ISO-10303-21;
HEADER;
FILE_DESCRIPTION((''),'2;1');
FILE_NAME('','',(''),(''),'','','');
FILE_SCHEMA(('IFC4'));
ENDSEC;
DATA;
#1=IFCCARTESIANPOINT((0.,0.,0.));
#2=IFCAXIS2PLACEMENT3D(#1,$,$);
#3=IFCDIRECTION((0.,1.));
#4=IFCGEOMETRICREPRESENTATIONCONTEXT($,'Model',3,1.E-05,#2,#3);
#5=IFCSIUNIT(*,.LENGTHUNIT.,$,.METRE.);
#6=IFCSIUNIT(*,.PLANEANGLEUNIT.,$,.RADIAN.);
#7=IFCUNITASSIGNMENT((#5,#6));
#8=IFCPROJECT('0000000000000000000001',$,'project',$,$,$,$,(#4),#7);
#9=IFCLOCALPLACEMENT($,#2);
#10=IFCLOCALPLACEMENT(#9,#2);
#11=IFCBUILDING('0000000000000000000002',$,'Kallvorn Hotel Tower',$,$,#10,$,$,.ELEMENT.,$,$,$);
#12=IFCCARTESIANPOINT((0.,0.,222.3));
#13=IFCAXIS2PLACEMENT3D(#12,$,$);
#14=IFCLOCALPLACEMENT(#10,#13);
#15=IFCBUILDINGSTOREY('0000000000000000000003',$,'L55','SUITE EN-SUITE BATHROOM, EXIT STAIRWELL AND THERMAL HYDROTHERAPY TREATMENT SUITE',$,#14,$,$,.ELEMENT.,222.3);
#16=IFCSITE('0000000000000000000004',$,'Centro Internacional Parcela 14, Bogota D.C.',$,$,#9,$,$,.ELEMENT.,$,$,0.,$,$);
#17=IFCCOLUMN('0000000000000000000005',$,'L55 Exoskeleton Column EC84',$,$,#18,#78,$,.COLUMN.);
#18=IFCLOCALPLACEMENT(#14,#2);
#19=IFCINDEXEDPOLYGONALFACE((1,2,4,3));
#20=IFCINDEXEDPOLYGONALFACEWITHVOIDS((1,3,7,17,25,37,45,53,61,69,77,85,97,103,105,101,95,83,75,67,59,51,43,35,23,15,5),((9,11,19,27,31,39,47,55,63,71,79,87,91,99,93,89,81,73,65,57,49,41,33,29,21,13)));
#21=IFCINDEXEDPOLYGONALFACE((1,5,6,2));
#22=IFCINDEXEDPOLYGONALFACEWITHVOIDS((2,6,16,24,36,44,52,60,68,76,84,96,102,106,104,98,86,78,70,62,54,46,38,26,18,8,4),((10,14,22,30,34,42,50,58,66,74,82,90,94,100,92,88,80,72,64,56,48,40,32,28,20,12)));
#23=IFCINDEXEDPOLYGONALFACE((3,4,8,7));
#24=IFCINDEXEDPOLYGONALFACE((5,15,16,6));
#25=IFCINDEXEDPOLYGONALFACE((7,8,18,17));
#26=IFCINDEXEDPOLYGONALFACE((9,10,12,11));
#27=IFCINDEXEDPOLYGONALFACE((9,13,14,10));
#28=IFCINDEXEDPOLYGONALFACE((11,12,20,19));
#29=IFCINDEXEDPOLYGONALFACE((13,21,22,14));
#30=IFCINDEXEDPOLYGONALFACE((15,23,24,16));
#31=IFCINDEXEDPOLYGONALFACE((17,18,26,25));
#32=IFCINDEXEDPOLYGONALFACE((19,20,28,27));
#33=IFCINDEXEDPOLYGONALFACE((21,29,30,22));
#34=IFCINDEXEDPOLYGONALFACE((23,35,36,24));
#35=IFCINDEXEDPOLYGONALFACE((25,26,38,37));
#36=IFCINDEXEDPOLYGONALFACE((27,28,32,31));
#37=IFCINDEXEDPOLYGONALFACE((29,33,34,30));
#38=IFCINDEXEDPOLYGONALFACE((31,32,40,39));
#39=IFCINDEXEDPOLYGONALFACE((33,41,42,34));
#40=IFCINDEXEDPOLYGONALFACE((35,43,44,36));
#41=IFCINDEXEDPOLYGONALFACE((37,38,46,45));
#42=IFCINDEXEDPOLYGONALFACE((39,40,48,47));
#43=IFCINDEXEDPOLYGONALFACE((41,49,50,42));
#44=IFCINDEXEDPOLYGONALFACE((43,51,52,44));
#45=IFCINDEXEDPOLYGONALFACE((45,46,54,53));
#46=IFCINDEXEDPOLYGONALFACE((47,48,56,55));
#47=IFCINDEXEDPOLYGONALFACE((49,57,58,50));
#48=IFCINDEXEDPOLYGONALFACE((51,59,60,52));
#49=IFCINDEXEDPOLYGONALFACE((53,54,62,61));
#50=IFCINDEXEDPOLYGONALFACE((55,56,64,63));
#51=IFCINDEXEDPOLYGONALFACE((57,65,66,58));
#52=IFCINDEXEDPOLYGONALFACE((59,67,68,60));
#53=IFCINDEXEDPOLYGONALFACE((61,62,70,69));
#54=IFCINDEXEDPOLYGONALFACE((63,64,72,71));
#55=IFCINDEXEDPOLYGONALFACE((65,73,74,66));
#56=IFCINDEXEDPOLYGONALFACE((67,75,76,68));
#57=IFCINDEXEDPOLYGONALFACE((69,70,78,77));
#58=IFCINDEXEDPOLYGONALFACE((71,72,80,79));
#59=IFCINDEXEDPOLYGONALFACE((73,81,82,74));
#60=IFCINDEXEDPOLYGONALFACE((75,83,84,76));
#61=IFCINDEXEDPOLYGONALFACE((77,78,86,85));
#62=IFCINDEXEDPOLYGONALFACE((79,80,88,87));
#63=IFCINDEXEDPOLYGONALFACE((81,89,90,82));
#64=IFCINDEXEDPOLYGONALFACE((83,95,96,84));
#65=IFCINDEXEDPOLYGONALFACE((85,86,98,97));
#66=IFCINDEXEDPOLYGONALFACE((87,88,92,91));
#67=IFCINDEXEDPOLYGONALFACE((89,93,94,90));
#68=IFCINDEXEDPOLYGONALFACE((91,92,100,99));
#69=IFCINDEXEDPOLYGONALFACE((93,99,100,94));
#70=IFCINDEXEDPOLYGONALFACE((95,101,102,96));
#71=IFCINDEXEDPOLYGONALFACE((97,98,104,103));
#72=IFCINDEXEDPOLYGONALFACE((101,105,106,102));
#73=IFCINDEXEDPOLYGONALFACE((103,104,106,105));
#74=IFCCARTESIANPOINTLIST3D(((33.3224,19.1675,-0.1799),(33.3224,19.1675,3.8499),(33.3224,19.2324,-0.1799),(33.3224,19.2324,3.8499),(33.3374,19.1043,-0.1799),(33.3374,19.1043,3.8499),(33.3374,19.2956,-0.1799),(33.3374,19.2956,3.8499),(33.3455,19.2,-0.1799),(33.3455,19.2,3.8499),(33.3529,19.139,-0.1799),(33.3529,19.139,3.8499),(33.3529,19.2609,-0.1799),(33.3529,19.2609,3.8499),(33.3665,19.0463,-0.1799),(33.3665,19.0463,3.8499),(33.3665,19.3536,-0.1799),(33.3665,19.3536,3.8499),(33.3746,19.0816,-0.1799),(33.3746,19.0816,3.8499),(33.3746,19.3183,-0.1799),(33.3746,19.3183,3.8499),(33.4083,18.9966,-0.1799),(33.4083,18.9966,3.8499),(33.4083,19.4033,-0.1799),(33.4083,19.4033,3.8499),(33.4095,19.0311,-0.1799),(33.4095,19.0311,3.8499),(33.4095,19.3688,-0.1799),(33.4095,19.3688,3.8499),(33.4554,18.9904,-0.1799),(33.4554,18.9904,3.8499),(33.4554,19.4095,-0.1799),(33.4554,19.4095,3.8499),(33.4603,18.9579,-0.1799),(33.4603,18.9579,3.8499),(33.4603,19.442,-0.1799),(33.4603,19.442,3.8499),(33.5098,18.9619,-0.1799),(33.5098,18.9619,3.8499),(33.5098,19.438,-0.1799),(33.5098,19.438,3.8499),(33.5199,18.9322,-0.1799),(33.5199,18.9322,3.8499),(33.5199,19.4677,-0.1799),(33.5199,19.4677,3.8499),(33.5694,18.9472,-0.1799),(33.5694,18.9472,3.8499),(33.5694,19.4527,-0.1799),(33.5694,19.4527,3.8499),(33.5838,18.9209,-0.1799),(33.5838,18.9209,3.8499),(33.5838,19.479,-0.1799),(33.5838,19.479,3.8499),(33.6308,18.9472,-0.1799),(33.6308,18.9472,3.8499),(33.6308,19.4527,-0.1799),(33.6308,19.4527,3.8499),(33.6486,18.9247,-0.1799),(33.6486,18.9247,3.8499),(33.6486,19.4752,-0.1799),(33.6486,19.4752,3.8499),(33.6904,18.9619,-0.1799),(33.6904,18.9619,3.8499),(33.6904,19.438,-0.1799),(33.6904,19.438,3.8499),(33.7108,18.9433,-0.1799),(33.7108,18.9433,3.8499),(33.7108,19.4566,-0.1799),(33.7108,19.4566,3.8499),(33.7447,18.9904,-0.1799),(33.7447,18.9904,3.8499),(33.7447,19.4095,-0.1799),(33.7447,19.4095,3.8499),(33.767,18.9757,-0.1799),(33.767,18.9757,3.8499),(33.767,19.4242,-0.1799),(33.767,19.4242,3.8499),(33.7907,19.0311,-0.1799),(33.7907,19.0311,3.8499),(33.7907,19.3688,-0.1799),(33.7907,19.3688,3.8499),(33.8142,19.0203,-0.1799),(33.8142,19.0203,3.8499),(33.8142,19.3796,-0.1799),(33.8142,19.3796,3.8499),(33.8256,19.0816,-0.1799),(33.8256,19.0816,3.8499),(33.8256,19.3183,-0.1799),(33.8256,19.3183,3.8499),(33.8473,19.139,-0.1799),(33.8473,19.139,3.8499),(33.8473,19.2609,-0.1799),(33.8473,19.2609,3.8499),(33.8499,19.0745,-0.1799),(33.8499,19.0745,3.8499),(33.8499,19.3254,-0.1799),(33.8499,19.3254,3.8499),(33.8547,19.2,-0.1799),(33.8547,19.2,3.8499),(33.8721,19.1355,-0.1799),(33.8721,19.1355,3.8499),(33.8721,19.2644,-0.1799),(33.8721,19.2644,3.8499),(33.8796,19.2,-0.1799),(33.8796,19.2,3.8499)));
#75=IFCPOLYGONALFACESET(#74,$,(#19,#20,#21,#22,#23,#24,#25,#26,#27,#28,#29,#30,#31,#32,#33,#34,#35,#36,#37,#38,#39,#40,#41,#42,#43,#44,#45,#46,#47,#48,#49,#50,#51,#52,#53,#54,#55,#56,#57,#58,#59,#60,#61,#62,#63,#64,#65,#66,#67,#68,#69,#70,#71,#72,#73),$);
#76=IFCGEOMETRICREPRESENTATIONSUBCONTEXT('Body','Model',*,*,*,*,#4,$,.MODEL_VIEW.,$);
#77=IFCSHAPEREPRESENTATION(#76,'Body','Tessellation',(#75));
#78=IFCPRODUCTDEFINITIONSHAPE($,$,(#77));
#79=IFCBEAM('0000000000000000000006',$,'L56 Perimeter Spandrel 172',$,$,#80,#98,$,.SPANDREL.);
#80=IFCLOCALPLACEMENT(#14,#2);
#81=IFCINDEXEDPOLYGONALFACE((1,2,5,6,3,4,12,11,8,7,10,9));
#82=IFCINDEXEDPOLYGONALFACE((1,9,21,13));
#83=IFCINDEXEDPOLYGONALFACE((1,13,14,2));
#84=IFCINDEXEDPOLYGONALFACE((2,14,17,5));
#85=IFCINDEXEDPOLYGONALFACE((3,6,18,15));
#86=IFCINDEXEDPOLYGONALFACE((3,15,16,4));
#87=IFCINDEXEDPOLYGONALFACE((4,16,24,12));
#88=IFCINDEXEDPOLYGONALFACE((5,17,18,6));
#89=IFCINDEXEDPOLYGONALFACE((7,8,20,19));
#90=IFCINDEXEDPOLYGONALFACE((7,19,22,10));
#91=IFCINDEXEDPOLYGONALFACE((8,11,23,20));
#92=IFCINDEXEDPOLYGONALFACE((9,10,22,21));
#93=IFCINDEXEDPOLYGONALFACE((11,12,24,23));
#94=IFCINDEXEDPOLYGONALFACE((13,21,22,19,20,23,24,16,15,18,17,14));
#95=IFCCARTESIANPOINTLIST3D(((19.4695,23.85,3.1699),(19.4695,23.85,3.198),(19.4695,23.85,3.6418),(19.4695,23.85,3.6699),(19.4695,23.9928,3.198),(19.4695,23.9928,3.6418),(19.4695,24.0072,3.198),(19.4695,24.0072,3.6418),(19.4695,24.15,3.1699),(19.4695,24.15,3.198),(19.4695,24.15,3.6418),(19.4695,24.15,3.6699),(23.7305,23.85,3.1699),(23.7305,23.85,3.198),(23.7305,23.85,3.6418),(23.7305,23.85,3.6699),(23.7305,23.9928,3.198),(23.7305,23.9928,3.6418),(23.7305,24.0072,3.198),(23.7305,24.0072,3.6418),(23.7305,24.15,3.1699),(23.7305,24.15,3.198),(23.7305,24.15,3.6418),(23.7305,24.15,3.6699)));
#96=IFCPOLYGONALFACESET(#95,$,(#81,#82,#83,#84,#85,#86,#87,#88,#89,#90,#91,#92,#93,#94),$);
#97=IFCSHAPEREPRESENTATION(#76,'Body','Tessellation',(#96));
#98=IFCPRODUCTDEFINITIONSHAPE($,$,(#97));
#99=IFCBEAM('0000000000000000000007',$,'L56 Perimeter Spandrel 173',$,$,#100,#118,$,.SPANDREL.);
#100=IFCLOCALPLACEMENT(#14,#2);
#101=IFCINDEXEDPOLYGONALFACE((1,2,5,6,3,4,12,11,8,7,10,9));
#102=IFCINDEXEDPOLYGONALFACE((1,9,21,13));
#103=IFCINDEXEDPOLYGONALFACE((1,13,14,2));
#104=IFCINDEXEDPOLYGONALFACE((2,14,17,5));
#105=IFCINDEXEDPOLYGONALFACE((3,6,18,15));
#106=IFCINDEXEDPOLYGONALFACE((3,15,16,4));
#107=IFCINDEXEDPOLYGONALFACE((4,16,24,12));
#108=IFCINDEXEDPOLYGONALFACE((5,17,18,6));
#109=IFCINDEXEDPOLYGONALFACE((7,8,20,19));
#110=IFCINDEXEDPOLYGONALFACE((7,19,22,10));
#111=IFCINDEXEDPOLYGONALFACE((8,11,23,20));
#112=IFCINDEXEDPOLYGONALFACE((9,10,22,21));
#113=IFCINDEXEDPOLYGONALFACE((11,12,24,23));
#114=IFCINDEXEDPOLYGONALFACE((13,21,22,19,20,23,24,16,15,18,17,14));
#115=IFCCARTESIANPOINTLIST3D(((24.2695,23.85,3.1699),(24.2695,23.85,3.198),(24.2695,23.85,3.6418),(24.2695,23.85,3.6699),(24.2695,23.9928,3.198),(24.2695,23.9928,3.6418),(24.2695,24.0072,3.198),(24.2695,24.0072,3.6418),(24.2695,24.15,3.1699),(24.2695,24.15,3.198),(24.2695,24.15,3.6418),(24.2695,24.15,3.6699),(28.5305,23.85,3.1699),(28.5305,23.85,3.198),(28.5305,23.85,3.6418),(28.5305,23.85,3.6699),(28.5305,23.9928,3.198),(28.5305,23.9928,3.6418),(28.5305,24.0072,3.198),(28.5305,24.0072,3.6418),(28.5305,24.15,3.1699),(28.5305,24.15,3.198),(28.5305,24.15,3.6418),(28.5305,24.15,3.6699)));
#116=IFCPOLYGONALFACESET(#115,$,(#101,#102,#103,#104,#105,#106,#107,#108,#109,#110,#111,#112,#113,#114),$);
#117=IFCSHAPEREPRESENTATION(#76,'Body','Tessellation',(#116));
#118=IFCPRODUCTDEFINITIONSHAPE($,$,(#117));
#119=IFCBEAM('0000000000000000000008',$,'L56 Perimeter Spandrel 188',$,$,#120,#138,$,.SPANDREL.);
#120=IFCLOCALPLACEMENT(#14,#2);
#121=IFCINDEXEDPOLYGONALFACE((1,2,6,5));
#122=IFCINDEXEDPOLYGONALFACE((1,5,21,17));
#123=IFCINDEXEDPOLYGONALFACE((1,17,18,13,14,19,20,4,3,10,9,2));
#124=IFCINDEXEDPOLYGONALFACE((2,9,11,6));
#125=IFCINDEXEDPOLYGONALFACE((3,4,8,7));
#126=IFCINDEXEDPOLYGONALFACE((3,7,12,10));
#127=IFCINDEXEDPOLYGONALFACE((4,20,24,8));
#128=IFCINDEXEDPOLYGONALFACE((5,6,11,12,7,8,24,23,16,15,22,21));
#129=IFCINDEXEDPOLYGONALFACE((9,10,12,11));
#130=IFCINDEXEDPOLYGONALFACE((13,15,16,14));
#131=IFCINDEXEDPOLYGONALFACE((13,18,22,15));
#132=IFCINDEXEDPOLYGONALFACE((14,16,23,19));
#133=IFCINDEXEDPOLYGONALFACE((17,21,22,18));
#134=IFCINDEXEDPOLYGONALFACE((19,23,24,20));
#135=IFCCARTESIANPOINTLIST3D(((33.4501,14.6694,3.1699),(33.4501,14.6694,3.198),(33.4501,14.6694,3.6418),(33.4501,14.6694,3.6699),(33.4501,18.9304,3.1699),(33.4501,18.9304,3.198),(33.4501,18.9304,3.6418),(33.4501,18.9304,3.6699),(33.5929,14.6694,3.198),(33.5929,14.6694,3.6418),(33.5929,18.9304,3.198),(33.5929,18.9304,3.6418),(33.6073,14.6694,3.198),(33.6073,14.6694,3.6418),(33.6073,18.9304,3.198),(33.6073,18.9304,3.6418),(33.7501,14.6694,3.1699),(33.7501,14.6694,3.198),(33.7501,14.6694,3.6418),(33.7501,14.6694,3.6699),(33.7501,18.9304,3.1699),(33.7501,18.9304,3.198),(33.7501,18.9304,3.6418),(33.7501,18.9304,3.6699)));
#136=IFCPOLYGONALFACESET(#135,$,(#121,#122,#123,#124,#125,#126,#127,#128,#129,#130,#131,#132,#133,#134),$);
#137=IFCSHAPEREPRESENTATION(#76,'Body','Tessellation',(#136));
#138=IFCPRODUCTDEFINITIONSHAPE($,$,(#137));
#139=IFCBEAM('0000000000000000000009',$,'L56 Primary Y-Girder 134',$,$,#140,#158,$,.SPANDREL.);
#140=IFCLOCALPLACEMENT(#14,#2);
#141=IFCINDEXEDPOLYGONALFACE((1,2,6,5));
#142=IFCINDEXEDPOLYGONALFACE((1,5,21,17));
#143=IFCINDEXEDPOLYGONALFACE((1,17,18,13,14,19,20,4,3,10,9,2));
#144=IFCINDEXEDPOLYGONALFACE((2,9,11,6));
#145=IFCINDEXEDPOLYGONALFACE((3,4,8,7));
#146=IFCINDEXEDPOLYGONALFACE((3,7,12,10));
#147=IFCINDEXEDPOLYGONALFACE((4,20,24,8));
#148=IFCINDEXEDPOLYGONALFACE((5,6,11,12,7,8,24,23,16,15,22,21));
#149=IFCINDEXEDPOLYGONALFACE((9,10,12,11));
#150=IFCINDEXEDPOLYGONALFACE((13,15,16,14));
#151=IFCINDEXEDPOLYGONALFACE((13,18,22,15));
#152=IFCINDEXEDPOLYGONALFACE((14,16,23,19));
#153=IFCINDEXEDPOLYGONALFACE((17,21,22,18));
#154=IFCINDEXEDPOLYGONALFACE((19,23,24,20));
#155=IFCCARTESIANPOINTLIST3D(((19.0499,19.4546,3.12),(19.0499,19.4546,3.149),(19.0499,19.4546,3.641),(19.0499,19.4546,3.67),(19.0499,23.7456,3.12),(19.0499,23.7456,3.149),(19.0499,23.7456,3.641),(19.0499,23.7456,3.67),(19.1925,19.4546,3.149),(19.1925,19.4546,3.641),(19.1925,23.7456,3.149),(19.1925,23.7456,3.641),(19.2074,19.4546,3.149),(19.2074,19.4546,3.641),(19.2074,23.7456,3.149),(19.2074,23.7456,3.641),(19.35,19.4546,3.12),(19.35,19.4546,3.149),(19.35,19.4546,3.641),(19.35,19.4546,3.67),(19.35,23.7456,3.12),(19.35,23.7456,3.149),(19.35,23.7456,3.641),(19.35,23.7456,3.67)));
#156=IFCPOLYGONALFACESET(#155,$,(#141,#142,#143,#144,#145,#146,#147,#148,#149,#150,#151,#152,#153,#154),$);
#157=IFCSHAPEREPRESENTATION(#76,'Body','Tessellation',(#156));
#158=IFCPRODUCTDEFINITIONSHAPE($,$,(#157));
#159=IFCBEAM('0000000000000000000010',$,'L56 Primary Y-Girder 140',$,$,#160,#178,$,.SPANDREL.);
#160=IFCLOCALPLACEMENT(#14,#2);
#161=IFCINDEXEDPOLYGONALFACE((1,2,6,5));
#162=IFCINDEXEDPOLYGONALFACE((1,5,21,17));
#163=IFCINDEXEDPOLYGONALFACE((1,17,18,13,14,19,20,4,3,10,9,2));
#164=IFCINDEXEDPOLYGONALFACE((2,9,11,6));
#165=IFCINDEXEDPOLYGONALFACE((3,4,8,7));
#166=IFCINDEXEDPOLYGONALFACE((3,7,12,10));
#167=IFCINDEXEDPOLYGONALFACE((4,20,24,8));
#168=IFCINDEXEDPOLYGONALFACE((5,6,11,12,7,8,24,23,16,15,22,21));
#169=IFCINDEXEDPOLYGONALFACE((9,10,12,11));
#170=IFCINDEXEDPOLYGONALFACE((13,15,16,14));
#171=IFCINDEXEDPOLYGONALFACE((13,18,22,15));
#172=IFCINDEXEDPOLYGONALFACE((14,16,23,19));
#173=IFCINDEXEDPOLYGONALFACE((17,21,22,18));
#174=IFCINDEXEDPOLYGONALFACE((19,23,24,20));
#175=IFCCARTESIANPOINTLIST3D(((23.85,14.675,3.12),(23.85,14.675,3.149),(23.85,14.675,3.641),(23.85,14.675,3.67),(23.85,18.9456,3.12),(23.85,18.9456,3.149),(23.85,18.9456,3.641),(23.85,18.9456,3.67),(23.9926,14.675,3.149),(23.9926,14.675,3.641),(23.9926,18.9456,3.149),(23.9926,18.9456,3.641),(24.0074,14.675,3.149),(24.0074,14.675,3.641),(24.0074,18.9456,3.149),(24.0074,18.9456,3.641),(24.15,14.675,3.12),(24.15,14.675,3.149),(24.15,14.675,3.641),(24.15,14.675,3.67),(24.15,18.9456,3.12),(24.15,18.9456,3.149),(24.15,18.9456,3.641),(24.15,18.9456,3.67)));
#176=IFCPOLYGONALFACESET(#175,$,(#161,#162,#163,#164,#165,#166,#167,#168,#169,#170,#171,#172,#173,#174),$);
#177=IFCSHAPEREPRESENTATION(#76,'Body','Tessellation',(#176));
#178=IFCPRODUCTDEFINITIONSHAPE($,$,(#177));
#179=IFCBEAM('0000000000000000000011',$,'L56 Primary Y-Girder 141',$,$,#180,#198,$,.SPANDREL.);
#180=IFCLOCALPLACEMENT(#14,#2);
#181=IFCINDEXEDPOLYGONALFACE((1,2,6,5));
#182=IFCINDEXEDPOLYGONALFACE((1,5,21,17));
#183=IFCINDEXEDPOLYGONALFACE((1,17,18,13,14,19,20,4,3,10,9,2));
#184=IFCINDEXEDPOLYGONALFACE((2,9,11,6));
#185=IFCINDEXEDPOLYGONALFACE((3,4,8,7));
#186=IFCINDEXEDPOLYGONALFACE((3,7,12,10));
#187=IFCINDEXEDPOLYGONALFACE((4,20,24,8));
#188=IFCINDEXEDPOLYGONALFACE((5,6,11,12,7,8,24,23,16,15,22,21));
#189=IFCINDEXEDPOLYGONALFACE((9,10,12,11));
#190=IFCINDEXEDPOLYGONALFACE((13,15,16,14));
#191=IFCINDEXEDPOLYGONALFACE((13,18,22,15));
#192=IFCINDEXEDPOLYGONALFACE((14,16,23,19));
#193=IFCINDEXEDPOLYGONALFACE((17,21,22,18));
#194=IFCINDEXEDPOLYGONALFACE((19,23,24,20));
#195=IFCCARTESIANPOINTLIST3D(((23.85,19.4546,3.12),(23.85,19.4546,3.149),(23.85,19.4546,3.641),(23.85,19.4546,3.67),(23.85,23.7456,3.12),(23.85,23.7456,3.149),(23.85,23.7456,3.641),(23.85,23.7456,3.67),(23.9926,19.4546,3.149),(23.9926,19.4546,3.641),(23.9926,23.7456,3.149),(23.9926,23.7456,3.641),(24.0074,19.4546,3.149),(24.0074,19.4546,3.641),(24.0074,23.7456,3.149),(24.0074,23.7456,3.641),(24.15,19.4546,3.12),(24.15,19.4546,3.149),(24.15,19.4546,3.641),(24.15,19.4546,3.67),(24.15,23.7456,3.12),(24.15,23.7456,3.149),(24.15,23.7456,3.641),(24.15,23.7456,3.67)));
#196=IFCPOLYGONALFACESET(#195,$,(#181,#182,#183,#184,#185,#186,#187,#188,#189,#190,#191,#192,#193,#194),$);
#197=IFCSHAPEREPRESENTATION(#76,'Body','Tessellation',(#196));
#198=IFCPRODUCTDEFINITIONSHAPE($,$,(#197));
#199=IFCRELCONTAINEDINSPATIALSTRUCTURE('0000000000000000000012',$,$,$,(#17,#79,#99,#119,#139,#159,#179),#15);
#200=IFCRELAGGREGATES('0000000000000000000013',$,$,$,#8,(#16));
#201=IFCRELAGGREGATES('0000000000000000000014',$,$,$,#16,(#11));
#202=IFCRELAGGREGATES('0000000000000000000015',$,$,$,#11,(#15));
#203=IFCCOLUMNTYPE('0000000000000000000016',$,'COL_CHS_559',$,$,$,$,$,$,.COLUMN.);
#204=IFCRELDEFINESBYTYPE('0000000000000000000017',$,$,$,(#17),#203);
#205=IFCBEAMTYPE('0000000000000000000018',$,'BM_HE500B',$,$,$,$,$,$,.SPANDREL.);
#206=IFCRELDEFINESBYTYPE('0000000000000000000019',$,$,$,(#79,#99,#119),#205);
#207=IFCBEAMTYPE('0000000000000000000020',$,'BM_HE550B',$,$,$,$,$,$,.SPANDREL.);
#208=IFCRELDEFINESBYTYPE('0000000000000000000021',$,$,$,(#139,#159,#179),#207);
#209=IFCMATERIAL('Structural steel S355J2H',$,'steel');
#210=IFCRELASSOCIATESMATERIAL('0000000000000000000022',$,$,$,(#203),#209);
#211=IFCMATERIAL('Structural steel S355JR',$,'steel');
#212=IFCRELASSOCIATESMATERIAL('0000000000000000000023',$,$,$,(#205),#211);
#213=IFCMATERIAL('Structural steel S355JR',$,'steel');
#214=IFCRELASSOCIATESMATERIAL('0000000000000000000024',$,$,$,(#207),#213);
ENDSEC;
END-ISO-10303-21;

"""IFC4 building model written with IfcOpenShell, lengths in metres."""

from ifc_helpers import new_model, si_unit, direction, frame, origin, origin_2d, place, context, subcontext, project, spatial, hollow_circle, i_section, extrude, material, material_profile, profile_set, type_object, element, save


model = new_model("IFC4")

# Units and contexts
model_context = context("Model", 3, precision=1e-05, world=origin(), true_north=direction((0.0, 1.0)))
body_context = subcontext(model_context, "Body", "Model", "MODEL_VIEW")
ifc_project = project(units=[si_unit("LENGTHUNIT", "METRE"), si_unit("PLANEANGLEUNIT", "RADIAN")], contexts=[model_context])

# Site, building, storey
site_placement = place(None, origin())
site = spatial("IfcSite", under=ifc_project, at=site_placement, Name="Centro Internacional Parcela 14, Bogota D.C.", CompositionType="ELEMENT", RefElevation=0.0)
building_placement = place(site_placement, origin())
building = spatial("IfcBuilding", under=site, at=building_placement, Name="Kallvorn Hotel Tower", CompositionType="ELEMENT")
storey_placement = place(building_placement, frame((0.0, 0.0, 222.3)))
storey = spatial("IfcBuildingStorey", under=building, at=storey_placement, Name="L55", Description="SUITE EN-SUITE BATHROOM, EXIT STAIRWELL AND THERMAL HYDROTHERAPY TREATMENT SUITE", CompositionType="ELEMENT", Elevation=222.3)

# Column
ifc_material_1 = material(Name="Structural steel S355J2H", Category="steel")
ifc_material_profile_1 = material_profile(ifc_material_1, hollow_circle(Radius=0.2795, WallThickness=0.0249, at=origin_2d()), Name="CHS 559x25")
ifc_profile_set_1 = profile_set([ifc_material_profile_1], Name="Structural steel S355J2H")
column_type = type_object("IfcColumnType", Name="COL_CHS_559", PredefinedType="COLUMN", material=ifc_profile_set_1)
for number, where, z_axis, x_axis, name in (
    (1, (33.6001, 19.2, -0.1799), (0.0, 0.0, 1.0), (1.0, 0.0, 0.0), "L55 Exoskeleton Column EC84"),
):
    element("IfcColumn", number, at=place(storey_placement, frame(where, z_axis=z_axis, x_axis=x_axis)), inside=storey, type_object=column_type, Name=name, PredefinedType="COLUMN", context=body_context, shape_type="SweptSolid", body=[
        extrude(hollow_circle(Radius=0.2795, WallThickness=0.0249, at=origin_2d()), origin(), (0.0, 0.0, 1.0), 4.0298),
    ])

# Beams
ifc_material_2 = material(Name="Structural steel S355JR", Category="steel")
ifc_material_profile_2 = material_profile(ifc_material_2, i_section(OverallWidth=0.3, OverallDepth=0.5, WebThickness=0.0144, FlangeThickness=0.0281, at=origin_2d()), Name="HE 500 B")
ifc_profile_set_2 = profile_set([ifc_material_profile_2], Name="Structural steel S355JR")
beam_type_1 = type_object("IfcBeamType", Name="BM_HE500B", PredefinedType="SPANDREL", material=ifc_profile_set_2)
for number, where, z_axis, x_axis, name in (
    (2, (19.4695, 24.0, 3.4199), (1.0, 0.0, 0.0), (0.0, 1.0, 0.0), "L56 Perimeter Spandrel 172"),
    (3, (24.2695, 24.0, 3.4199), (1.0, 0.0, 0.0), (0.0, 1.0, 0.0), "L56 Perimeter Spandrel 173"),
    (4, (33.6001, 14.6694, 3.4199), (0.0, 1.0, 0.0), (-1.0, 0.0, 0.0), "L56 Perimeter Spandrel 188"),
):
    element("IfcBeam", number, at=place(storey_placement, frame(where, z_axis=z_axis, x_axis=x_axis)), inside=storey, type_object=beam_type_1, Name=name, PredefinedType="SPANDREL", context=body_context, shape_type="SweptSolid", body=[
        extrude(i_section(OverallWidth=0.3, OverallDepth=0.5, WebThickness=0.0144, FlangeThickness=0.0281, at=origin_2d()), origin(), (0.0, 0.0, 1.0), 4.261),
    ])
ifc_material_3 = material(Name="Structural steel S355JR", Category="steel")
ifc_material_profile_3 = material_profile(ifc_material_3, i_section(OverallWidth=0.3, OverallDepth=0.55, WebThickness=0.0149, FlangeThickness=0.0291, at=origin_2d()), Name="HE 550 B")
ifc_profile_set_3 = profile_set([ifc_material_profile_3], Name="Structural steel S355JR")
beam_type_2 = type_object("IfcBeamType", Name="BM_HE550B", PredefinedType="SPANDREL", material=ifc_profile_set_3)
beam_1_placement = place(storey_placement, frame((19.2, 19.4546, 3.395), z_axis=(0.0, 1.0, 0.0), x_axis=(-1.0, 0.0, 0.0)))
element("IfcBeam", 5, at=beam_1_placement, inside=storey, type_object=beam_type_2, Name="L56 Primary Y-Girder 134", PredefinedType="SPANDREL", context=body_context, shape_type="SweptSolid", body=[
    extrude(i_section(OverallWidth=0.3, OverallDepth=0.55, WebThickness=0.0149, FlangeThickness=0.0291, at=origin_2d()), origin(), (0.0, 0.0, 1.0), 4.291),
])
beam_2_placement = place(storey_placement, frame((24.0, 14.675, 3.395), z_axis=(0.0, 1.0, 0.0), x_axis=(-1.0, 0.0, 0.0)))
element("IfcBeam", 6, at=beam_2_placement, inside=storey, type_object=beam_type_2, Name="L56 Primary Y-Girder 140", PredefinedType="SPANDREL", context=body_context, shape_type="SweptSolid", body=[
    extrude(i_section(OverallWidth=0.3, OverallDepth=0.55, WebThickness=0.0149, FlangeThickness=0.0291, at=origin_2d()), origin(), (0.0, 0.0, 1.0), 4.2705),
])
for number, where, z_axis, x_axis, name in (
    (7, (24.0, 19.4546, 3.395), (0.0, 1.0, 0.0), (-1.0, 0.0, 0.0), "L56 Primary Y-Girder 141"),
):
    element("IfcBeam", number, at=place(storey_placement, frame(where, z_axis=z_axis, x_axis=x_axis)), inside=storey, type_object=beam_type_2, Name=name, PredefinedType="SPANDREL", context=body_context, shape_type="SweptSolid", body=[
        extrude(i_section(OverallWidth=0.3, OverallDepth=0.55, WebThickness=0.0149, FlangeThickness=0.0291, at=origin_2d()), origin(), (0.0, 0.0, 1.0), 4.291),
    ])

save(model, "model.ifc")
